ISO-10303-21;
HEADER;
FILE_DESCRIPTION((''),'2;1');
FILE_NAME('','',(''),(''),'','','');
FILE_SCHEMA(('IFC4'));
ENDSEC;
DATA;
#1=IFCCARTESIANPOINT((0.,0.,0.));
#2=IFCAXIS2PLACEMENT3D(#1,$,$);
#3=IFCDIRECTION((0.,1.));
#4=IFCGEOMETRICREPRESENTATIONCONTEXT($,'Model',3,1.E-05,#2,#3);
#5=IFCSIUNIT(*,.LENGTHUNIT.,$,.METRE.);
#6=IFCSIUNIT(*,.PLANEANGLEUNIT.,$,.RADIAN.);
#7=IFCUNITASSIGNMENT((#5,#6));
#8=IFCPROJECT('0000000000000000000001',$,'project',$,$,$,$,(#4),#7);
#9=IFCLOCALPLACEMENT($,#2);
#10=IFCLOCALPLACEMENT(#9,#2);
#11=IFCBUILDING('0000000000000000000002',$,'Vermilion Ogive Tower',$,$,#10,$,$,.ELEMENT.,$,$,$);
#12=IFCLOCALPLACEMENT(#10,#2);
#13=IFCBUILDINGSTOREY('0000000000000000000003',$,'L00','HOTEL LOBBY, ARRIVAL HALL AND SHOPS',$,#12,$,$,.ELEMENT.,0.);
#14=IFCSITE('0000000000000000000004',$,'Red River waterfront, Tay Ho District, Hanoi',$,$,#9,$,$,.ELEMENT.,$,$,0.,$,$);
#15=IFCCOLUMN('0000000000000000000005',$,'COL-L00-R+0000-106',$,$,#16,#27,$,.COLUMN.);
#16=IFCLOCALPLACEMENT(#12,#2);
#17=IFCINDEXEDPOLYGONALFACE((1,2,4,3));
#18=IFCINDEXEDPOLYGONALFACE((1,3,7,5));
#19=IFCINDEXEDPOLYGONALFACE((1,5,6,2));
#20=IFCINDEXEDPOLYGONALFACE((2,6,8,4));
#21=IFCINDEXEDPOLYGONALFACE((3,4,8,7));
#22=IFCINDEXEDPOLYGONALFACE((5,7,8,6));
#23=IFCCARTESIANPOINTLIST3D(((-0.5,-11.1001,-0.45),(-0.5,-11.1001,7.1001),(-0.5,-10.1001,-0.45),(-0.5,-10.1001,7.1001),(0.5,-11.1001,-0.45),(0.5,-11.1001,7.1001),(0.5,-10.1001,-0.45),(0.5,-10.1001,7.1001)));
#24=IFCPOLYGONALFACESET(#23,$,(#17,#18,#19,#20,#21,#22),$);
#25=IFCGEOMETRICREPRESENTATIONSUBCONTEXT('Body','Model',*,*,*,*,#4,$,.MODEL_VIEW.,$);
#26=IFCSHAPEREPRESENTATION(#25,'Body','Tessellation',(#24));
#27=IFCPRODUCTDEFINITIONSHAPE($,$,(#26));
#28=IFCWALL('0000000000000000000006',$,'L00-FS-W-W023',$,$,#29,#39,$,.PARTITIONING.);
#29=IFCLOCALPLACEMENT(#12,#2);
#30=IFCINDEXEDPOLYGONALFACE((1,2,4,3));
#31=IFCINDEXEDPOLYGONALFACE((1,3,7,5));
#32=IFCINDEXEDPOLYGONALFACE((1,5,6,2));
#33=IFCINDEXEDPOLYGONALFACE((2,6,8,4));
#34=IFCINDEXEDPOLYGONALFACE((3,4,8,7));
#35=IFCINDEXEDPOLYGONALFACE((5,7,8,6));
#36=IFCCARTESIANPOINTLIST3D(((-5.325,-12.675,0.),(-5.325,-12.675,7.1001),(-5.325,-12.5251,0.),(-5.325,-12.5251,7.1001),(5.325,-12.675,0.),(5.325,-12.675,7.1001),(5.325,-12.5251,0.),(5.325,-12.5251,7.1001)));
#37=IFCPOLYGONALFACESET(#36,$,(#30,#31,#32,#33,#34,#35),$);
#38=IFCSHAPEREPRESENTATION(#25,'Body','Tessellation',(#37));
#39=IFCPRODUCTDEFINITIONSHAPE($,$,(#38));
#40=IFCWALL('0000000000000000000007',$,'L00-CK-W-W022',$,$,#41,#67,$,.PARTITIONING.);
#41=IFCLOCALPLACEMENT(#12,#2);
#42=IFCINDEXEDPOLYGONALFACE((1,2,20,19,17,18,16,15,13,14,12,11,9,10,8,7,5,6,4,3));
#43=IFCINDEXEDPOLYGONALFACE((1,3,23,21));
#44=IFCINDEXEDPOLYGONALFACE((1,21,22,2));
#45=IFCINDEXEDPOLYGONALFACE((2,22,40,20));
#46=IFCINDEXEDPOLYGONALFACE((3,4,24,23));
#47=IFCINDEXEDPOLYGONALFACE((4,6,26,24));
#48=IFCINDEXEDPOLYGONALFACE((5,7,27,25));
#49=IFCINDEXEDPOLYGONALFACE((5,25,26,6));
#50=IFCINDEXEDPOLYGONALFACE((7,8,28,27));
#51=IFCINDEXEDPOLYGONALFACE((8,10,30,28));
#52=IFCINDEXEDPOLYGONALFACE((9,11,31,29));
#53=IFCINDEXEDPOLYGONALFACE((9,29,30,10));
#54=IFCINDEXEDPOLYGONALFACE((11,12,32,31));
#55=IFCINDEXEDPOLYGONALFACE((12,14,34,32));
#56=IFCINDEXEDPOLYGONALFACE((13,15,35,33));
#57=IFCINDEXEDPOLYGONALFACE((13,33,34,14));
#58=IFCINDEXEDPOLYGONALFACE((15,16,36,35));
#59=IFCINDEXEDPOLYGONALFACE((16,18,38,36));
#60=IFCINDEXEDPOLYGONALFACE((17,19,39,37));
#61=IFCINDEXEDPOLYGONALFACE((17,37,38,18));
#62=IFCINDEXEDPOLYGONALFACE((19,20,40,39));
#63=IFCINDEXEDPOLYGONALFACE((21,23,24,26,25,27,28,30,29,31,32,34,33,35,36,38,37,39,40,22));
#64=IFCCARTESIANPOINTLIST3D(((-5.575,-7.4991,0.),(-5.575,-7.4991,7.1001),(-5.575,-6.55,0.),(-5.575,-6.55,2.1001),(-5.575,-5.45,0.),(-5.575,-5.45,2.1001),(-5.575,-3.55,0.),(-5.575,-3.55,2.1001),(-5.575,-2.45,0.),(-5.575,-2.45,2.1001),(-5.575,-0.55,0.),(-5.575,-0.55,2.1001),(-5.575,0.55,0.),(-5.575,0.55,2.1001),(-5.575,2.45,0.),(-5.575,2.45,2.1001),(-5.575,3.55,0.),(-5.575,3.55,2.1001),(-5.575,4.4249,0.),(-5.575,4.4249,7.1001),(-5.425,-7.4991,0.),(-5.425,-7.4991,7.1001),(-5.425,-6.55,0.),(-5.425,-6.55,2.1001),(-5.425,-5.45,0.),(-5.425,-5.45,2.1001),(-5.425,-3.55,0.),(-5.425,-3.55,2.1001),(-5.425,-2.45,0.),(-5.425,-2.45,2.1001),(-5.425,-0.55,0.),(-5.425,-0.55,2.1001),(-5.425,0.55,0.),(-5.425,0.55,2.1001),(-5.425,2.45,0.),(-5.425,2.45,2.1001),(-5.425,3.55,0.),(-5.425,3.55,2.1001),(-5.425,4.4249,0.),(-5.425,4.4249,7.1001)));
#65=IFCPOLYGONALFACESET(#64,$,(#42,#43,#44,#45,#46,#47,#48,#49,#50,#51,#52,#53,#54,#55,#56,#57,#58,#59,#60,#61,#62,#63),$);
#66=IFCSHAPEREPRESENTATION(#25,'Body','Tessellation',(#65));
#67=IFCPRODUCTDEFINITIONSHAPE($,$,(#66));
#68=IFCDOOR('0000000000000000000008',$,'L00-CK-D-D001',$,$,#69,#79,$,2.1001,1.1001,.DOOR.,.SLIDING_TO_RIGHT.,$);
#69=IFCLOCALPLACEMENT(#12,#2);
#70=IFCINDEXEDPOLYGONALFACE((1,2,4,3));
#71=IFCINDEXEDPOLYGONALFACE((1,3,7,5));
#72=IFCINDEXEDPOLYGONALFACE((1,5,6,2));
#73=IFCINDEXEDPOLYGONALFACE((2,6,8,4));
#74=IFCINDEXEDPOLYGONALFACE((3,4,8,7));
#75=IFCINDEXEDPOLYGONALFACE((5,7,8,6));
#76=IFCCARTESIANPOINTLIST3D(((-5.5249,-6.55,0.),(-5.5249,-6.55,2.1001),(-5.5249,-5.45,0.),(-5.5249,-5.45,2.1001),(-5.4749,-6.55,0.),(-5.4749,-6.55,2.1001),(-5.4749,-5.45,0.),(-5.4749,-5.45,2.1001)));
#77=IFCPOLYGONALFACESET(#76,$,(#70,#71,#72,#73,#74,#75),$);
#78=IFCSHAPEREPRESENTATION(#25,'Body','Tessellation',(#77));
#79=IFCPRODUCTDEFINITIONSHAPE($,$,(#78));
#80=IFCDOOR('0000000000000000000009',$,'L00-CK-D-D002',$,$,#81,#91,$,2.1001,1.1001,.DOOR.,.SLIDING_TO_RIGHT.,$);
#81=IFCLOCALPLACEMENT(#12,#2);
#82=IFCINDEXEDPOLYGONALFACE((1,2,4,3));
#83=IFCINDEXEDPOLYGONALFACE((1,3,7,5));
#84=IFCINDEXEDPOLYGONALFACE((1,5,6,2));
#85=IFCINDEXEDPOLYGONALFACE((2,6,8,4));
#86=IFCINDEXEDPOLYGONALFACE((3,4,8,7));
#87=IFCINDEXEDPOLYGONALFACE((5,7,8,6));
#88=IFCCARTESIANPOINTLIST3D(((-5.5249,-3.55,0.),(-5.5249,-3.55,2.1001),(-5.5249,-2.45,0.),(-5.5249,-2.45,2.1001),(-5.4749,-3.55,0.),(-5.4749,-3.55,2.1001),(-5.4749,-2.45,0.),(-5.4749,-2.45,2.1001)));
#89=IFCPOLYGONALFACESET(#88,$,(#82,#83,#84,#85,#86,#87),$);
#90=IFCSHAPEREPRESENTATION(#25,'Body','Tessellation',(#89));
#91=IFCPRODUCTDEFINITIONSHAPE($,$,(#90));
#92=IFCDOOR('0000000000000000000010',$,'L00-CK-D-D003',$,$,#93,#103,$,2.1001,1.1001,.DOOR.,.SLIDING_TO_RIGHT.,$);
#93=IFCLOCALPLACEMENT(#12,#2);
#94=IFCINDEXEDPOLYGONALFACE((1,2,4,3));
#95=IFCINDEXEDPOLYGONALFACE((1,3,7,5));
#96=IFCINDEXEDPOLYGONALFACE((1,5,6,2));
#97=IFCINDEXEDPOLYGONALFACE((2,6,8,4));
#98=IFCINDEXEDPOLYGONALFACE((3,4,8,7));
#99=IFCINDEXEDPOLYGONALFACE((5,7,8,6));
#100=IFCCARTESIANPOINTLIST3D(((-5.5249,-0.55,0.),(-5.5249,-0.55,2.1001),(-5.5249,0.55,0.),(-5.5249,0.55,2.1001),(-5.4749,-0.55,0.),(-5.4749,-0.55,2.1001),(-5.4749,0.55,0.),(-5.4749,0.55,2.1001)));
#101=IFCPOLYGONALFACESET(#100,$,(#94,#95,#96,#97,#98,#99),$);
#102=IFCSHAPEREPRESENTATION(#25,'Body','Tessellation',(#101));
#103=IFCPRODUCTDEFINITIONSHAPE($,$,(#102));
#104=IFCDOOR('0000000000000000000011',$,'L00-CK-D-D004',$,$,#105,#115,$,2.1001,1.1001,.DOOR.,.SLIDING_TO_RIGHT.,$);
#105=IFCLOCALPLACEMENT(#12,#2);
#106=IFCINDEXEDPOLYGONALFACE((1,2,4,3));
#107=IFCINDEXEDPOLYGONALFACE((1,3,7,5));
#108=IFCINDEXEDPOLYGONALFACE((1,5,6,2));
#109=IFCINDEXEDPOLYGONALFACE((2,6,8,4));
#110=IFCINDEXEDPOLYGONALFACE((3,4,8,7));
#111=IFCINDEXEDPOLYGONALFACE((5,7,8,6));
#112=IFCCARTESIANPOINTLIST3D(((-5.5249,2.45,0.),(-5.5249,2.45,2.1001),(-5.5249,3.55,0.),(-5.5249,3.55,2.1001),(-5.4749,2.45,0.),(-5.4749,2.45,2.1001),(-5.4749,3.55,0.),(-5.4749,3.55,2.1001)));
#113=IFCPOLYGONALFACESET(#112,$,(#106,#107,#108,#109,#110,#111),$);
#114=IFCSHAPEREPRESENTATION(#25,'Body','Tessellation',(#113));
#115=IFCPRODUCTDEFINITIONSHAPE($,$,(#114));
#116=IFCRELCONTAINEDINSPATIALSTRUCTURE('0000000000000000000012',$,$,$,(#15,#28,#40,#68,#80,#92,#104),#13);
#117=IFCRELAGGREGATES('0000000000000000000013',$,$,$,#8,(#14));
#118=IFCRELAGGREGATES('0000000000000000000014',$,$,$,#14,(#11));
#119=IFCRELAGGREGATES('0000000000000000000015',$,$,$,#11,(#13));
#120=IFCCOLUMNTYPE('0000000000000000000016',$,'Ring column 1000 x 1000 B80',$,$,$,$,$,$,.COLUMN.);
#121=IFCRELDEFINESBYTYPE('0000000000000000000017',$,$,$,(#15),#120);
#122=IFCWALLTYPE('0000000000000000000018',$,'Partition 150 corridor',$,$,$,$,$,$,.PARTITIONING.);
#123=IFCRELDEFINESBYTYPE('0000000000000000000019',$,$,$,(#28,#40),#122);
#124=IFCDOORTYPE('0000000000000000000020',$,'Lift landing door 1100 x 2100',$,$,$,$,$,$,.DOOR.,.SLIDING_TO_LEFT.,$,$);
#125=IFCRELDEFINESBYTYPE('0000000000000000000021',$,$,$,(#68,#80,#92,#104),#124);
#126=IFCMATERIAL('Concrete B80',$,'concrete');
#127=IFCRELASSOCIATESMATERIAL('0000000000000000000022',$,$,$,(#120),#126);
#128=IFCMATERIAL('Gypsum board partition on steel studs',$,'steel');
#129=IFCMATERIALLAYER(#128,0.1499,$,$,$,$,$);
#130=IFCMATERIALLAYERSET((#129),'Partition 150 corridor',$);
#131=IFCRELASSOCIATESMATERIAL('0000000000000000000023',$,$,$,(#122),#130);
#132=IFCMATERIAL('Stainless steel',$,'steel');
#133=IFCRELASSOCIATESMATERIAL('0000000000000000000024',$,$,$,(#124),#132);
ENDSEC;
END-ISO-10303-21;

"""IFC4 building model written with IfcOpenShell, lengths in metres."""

from ifc_helpers import new_model, si_unit, direction, frame, frame_2d, origin, origin_2d, place, context, subcontext, project, spatial, rectangle, extrude, material, layer, layer_set, material_profile, profile_set, type_object, element, fill, save


model = new_model("IFC4")

# Units and contexts
model_context = context("Model", 3, precision=1e-05, world=origin(), true_north=direction((0.0, 1.0)))
body_context = subcontext(model_context, "Body", "Model", "MODEL_VIEW")
ifc_project = project(units=[si_unit("LENGTHUNIT", "METRE"), si_unit("PLANEANGLEUNIT", "RADIAN")], contexts=[model_context])

# Site, building, storey
site_placement = place(None, origin())
site = spatial("IfcSite", under=ifc_project, at=site_placement, Name="Red River waterfront, Tay Ho District, Hanoi", CompositionType="ELEMENT", RefElevation=0.0)
building_placement = place(site_placement, origin())
building = spatial("IfcBuilding", under=site, at=building_placement, Name="Vermilion Ogive Tower", CompositionType="ELEMENT")
storey_placement = place(building_placement, origin())
storey = spatial("IfcBuildingStorey", under=building, at=storey_placement, Name="L00", Description="HOTEL LOBBY, ARRIVAL HALL AND SHOPS", CompositionType="ELEMENT", Elevation=0.0)

# Column
ifc_material_1 = material(Name="Concrete B80", Category="concrete")
ifc_material_profile = material_profile(ifc_material_1, rectangle(XDim=1.0, YDim=1.0, at=origin_2d()), Name="1000 x 1000")
ifc_profile_set = profile_set([ifc_material_profile], Name="Concrete B80")
column_type = type_object("IfcColumnType", Name="Ring column 1000 x 1000 B80", PredefinedType="COLUMN", material=ifc_profile_set)
column_placement = place(storey_placement, frame((0.0, -10.6001, -0.45), z_axis=(0.0, 0.0, 1.0), x_axis=(1.0, 0.0, 0.0)))
element("IfcColumn", 1, at=column_placement, inside=storey, type_object=column_type, Name="COL-L00-R+0000-106", PredefinedType="COLUMN", context=body_context, shape_type="SweptSolid", body=[
    extrude(rectangle(XDim=1.0, YDim=1.0, at=origin_2d()), origin(), (0.0, 0.0, 1.0), 7.55),
])

# Wall
ifc_material_2 = material(Name="Gypsum board partition on steel studs", Category="steel")
ifc_layer_1 = layer(ifc_material_2, 0.1499)
ifc_layer_set_1 = layer_set([ifc_layer_1], Name="Partition 150 corridor")
wall_type_1 = type_object("IfcWallType", Name="Partition 150 corridor", PredefinedType="PARTITIONING", material=ifc_layer_set_1)
wall_1_placement = place(storey_placement, frame((-5.325, -12.6001, 0.0), z_axis=(0.0, 0.0, 1.0), x_axis=(1.0, 0.0, 0.0)))
element("IfcWall", 2, at=wall_1_placement, inside=storey, type_object=wall_type_1, Name="L00-FS-W-W023", PredefinedType="PARTITIONING", context=body_context, shape_type="SweptSolid", body=[
    extrude(rectangle(XDim=10.6499, YDim=0.1499, at=frame_2d((5.325, 0.0))), origin(), (0.0, 0.0, 1.0), 7.1001),
])

# Wall, openings, doors
wall_2_placement = place(storey_placement, frame((-5.5, -7.499, 0.0), z_axis=(0.0, 0.0, 1.0), x_axis=(0.0, 1.0, 0.0)))
wall_2 = element("IfcWall", 3, at=wall_2_placement, inside=storey, type_object=wall_type_1, Name="L00-CK-W-W022", PredefinedType="PARTITIONING", context=body_context, shape_type="SweptSolid", body=[
    extrude(rectangle(XDim=11.9241, YDim=0.1499, at=frame_2d((5.9619, 0.0))), origin(), (0.0, 0.0, 1.0), 7.1001),
])
opening_1_placement = place(wall_2_placement, frame((0.949, 0.0, 0.0)))
opening_1 = element("IfcOpeningElement", 4, at=opening_1_placement, cuts=wall_2, PredefinedType="OPENING", context=body_context, shape_type="SweptSolid", body=[
    extrude(rectangle(XDim=1.1001, YDim=2.1001, at=frame_2d((0.55, 1.05))), frame((0.0, 0.085, 0.0), z_axis=(0.0, -1.0, 0.0), x_axis=(1.0, 0.0, 0.0)), (0.0, 0.0, 1.0), 0.1699),
])
opening_2_placement = place(wall_2_placement, frame((3.949, 0.0, 0.0)))
opening_2 = element("IfcOpeningElement", 5, at=opening_2_placement, cuts=wall_2, PredefinedType="OPENING", context=body_context, shape_type="SweptSolid", body=[
    extrude(rectangle(XDim=1.1001, YDim=2.1001, at=frame_2d((0.55, 1.05))), frame((0.0, 0.085, 0.0), z_axis=(0.0, -1.0, 0.0), x_axis=(1.0, 0.0, 0.0)), (0.0, 0.0, 1.0), 0.1699),
])
opening_3_placement = place(wall_2_placement, frame((6.949, 0.0, 0.0)))
opening_3 = element("IfcOpeningElement", 6, at=opening_3_placement, cuts=wall_2, PredefinedType="OPENING", context=body_context, shape_type="SweptSolid", body=[
    extrude(rectangle(XDim=1.1001, YDim=2.1001, at=frame_2d((0.55, 1.05))), frame((0.0, 0.085, 0.0), z_axis=(0.0, -1.0, 0.0), x_axis=(1.0, 0.0, 0.0)), (0.0, 0.0, 1.0), 0.1699),
])
opening_4_placement = place(wall_2_placement, frame((9.949, 0.0, 0.0)))
opening_4 = element("IfcOpeningElement", 7, at=opening_4_placement, cuts=wall_2, PredefinedType="OPENING", context=body_context, shape_type="SweptSolid", body=[
    extrude(rectangle(XDim=1.1001, YDim=2.1001, at=frame_2d((0.55, 1.05))), frame((0.0, 0.085, 0.0), z_axis=(0.0, -1.0, 0.0), x_axis=(1.0, 0.0, 0.0)), (0.0, 0.0, 1.0), 0.1699),
])
ifc_material_3 = material(Name="Stainless steel", Category="steel")
door_type = type_object("IfcDoorType", Name="Lift landing door 1100 x 2100", OperationType="SLIDING_TO_LEFT", PredefinedType="DOOR", material=ifc_material_3)
door_1_placement = place(opening_1_placement, origin())
door_1 = element("IfcDoor", 8, at=door_1_placement, inside=storey, type_object=door_type, Name="L00-CK-D-D001", OperationType="SLIDING_TO_RIGHT", OverallHeight=2.1001, OverallWidth=1.1001, PredefinedType="DOOR", context=body_context, shape_type="SweptSolid", body=[
    extrude(rectangle(XDim=1.1001, YDim=2.1001, at=frame_2d((0.55, 1.05))), frame((0.0, 0.0249, 0.0), z_axis=(0.0, -1.0, 0.0), x_axis=(1.0, 0.0, 0.0)), (0.0, 0.0, 1.0), 0.05),
])
fill(opening_1, door_1)
door_2_placement = place(opening_2_placement, origin())
door_2 = element("IfcDoor", 9, at=door_2_placement, inside=storey, type_object=door_type, Name="L00-CK-D-D002", OperationType="SLIDING_TO_RIGHT", OverallHeight=2.1001, OverallWidth=1.1001, PredefinedType="DOOR", context=body_context, shape_type="SweptSolid", body=[
    extrude(rectangle(XDim=1.1001, YDim=2.1001, at=frame_2d((0.55, 1.05))), frame((0.0, 0.0249, 0.0), z_axis=(0.0, -1.0, 0.0), x_axis=(1.0, 0.0, 0.0)), (0.0, 0.0, 1.0), 0.05),
])
fill(opening_2, door_2)
door_3_placement = place(opening_3_placement, origin())
door_3 = element("IfcDoor", 10, at=door_3_placement, inside=storey, type_object=door_type, Name="L00-CK-D-D003", OperationType="SLIDING_TO_RIGHT", OverallHeight=2.1001, OverallWidth=1.1001, PredefinedType="DOOR", context=body_context, shape_type="SweptSolid", body=[
    extrude(rectangle(XDim=1.1001, YDim=2.1001, at=frame_2d((0.55, 1.05))), frame((0.0, 0.0249, 0.0), z_axis=(0.0, -1.0, 0.0), x_axis=(1.0, 0.0, 0.0)), (0.0, 0.0, 1.0), 0.05),
])
fill(opening_3, door_3)
door_4_placement = place(opening_4_placement, origin())
door_4 = element("IfcDoor", 11, at=door_4_placement, inside=storey, type_object=door_type, Name="L00-CK-D-D004", OperationType="SLIDING_TO_RIGHT", OverallHeight=2.1001, OverallWidth=1.1001, PredefinedType="DOOR", context=body_context, shape_type="SweptSolid", body=[
    extrude(rectangle(XDim=1.1001, YDim=2.1001, at=frame_2d((0.55, 1.05))), frame((0.0, 0.0249, 0.0), z_axis=(0.0, -1.0, 0.0), x_axis=(1.0, 0.0, 0.0)), (0.0, 0.0, 1.0), 0.05),
])
fill(opening_4, door_4)

save(model, "model.ifc")
